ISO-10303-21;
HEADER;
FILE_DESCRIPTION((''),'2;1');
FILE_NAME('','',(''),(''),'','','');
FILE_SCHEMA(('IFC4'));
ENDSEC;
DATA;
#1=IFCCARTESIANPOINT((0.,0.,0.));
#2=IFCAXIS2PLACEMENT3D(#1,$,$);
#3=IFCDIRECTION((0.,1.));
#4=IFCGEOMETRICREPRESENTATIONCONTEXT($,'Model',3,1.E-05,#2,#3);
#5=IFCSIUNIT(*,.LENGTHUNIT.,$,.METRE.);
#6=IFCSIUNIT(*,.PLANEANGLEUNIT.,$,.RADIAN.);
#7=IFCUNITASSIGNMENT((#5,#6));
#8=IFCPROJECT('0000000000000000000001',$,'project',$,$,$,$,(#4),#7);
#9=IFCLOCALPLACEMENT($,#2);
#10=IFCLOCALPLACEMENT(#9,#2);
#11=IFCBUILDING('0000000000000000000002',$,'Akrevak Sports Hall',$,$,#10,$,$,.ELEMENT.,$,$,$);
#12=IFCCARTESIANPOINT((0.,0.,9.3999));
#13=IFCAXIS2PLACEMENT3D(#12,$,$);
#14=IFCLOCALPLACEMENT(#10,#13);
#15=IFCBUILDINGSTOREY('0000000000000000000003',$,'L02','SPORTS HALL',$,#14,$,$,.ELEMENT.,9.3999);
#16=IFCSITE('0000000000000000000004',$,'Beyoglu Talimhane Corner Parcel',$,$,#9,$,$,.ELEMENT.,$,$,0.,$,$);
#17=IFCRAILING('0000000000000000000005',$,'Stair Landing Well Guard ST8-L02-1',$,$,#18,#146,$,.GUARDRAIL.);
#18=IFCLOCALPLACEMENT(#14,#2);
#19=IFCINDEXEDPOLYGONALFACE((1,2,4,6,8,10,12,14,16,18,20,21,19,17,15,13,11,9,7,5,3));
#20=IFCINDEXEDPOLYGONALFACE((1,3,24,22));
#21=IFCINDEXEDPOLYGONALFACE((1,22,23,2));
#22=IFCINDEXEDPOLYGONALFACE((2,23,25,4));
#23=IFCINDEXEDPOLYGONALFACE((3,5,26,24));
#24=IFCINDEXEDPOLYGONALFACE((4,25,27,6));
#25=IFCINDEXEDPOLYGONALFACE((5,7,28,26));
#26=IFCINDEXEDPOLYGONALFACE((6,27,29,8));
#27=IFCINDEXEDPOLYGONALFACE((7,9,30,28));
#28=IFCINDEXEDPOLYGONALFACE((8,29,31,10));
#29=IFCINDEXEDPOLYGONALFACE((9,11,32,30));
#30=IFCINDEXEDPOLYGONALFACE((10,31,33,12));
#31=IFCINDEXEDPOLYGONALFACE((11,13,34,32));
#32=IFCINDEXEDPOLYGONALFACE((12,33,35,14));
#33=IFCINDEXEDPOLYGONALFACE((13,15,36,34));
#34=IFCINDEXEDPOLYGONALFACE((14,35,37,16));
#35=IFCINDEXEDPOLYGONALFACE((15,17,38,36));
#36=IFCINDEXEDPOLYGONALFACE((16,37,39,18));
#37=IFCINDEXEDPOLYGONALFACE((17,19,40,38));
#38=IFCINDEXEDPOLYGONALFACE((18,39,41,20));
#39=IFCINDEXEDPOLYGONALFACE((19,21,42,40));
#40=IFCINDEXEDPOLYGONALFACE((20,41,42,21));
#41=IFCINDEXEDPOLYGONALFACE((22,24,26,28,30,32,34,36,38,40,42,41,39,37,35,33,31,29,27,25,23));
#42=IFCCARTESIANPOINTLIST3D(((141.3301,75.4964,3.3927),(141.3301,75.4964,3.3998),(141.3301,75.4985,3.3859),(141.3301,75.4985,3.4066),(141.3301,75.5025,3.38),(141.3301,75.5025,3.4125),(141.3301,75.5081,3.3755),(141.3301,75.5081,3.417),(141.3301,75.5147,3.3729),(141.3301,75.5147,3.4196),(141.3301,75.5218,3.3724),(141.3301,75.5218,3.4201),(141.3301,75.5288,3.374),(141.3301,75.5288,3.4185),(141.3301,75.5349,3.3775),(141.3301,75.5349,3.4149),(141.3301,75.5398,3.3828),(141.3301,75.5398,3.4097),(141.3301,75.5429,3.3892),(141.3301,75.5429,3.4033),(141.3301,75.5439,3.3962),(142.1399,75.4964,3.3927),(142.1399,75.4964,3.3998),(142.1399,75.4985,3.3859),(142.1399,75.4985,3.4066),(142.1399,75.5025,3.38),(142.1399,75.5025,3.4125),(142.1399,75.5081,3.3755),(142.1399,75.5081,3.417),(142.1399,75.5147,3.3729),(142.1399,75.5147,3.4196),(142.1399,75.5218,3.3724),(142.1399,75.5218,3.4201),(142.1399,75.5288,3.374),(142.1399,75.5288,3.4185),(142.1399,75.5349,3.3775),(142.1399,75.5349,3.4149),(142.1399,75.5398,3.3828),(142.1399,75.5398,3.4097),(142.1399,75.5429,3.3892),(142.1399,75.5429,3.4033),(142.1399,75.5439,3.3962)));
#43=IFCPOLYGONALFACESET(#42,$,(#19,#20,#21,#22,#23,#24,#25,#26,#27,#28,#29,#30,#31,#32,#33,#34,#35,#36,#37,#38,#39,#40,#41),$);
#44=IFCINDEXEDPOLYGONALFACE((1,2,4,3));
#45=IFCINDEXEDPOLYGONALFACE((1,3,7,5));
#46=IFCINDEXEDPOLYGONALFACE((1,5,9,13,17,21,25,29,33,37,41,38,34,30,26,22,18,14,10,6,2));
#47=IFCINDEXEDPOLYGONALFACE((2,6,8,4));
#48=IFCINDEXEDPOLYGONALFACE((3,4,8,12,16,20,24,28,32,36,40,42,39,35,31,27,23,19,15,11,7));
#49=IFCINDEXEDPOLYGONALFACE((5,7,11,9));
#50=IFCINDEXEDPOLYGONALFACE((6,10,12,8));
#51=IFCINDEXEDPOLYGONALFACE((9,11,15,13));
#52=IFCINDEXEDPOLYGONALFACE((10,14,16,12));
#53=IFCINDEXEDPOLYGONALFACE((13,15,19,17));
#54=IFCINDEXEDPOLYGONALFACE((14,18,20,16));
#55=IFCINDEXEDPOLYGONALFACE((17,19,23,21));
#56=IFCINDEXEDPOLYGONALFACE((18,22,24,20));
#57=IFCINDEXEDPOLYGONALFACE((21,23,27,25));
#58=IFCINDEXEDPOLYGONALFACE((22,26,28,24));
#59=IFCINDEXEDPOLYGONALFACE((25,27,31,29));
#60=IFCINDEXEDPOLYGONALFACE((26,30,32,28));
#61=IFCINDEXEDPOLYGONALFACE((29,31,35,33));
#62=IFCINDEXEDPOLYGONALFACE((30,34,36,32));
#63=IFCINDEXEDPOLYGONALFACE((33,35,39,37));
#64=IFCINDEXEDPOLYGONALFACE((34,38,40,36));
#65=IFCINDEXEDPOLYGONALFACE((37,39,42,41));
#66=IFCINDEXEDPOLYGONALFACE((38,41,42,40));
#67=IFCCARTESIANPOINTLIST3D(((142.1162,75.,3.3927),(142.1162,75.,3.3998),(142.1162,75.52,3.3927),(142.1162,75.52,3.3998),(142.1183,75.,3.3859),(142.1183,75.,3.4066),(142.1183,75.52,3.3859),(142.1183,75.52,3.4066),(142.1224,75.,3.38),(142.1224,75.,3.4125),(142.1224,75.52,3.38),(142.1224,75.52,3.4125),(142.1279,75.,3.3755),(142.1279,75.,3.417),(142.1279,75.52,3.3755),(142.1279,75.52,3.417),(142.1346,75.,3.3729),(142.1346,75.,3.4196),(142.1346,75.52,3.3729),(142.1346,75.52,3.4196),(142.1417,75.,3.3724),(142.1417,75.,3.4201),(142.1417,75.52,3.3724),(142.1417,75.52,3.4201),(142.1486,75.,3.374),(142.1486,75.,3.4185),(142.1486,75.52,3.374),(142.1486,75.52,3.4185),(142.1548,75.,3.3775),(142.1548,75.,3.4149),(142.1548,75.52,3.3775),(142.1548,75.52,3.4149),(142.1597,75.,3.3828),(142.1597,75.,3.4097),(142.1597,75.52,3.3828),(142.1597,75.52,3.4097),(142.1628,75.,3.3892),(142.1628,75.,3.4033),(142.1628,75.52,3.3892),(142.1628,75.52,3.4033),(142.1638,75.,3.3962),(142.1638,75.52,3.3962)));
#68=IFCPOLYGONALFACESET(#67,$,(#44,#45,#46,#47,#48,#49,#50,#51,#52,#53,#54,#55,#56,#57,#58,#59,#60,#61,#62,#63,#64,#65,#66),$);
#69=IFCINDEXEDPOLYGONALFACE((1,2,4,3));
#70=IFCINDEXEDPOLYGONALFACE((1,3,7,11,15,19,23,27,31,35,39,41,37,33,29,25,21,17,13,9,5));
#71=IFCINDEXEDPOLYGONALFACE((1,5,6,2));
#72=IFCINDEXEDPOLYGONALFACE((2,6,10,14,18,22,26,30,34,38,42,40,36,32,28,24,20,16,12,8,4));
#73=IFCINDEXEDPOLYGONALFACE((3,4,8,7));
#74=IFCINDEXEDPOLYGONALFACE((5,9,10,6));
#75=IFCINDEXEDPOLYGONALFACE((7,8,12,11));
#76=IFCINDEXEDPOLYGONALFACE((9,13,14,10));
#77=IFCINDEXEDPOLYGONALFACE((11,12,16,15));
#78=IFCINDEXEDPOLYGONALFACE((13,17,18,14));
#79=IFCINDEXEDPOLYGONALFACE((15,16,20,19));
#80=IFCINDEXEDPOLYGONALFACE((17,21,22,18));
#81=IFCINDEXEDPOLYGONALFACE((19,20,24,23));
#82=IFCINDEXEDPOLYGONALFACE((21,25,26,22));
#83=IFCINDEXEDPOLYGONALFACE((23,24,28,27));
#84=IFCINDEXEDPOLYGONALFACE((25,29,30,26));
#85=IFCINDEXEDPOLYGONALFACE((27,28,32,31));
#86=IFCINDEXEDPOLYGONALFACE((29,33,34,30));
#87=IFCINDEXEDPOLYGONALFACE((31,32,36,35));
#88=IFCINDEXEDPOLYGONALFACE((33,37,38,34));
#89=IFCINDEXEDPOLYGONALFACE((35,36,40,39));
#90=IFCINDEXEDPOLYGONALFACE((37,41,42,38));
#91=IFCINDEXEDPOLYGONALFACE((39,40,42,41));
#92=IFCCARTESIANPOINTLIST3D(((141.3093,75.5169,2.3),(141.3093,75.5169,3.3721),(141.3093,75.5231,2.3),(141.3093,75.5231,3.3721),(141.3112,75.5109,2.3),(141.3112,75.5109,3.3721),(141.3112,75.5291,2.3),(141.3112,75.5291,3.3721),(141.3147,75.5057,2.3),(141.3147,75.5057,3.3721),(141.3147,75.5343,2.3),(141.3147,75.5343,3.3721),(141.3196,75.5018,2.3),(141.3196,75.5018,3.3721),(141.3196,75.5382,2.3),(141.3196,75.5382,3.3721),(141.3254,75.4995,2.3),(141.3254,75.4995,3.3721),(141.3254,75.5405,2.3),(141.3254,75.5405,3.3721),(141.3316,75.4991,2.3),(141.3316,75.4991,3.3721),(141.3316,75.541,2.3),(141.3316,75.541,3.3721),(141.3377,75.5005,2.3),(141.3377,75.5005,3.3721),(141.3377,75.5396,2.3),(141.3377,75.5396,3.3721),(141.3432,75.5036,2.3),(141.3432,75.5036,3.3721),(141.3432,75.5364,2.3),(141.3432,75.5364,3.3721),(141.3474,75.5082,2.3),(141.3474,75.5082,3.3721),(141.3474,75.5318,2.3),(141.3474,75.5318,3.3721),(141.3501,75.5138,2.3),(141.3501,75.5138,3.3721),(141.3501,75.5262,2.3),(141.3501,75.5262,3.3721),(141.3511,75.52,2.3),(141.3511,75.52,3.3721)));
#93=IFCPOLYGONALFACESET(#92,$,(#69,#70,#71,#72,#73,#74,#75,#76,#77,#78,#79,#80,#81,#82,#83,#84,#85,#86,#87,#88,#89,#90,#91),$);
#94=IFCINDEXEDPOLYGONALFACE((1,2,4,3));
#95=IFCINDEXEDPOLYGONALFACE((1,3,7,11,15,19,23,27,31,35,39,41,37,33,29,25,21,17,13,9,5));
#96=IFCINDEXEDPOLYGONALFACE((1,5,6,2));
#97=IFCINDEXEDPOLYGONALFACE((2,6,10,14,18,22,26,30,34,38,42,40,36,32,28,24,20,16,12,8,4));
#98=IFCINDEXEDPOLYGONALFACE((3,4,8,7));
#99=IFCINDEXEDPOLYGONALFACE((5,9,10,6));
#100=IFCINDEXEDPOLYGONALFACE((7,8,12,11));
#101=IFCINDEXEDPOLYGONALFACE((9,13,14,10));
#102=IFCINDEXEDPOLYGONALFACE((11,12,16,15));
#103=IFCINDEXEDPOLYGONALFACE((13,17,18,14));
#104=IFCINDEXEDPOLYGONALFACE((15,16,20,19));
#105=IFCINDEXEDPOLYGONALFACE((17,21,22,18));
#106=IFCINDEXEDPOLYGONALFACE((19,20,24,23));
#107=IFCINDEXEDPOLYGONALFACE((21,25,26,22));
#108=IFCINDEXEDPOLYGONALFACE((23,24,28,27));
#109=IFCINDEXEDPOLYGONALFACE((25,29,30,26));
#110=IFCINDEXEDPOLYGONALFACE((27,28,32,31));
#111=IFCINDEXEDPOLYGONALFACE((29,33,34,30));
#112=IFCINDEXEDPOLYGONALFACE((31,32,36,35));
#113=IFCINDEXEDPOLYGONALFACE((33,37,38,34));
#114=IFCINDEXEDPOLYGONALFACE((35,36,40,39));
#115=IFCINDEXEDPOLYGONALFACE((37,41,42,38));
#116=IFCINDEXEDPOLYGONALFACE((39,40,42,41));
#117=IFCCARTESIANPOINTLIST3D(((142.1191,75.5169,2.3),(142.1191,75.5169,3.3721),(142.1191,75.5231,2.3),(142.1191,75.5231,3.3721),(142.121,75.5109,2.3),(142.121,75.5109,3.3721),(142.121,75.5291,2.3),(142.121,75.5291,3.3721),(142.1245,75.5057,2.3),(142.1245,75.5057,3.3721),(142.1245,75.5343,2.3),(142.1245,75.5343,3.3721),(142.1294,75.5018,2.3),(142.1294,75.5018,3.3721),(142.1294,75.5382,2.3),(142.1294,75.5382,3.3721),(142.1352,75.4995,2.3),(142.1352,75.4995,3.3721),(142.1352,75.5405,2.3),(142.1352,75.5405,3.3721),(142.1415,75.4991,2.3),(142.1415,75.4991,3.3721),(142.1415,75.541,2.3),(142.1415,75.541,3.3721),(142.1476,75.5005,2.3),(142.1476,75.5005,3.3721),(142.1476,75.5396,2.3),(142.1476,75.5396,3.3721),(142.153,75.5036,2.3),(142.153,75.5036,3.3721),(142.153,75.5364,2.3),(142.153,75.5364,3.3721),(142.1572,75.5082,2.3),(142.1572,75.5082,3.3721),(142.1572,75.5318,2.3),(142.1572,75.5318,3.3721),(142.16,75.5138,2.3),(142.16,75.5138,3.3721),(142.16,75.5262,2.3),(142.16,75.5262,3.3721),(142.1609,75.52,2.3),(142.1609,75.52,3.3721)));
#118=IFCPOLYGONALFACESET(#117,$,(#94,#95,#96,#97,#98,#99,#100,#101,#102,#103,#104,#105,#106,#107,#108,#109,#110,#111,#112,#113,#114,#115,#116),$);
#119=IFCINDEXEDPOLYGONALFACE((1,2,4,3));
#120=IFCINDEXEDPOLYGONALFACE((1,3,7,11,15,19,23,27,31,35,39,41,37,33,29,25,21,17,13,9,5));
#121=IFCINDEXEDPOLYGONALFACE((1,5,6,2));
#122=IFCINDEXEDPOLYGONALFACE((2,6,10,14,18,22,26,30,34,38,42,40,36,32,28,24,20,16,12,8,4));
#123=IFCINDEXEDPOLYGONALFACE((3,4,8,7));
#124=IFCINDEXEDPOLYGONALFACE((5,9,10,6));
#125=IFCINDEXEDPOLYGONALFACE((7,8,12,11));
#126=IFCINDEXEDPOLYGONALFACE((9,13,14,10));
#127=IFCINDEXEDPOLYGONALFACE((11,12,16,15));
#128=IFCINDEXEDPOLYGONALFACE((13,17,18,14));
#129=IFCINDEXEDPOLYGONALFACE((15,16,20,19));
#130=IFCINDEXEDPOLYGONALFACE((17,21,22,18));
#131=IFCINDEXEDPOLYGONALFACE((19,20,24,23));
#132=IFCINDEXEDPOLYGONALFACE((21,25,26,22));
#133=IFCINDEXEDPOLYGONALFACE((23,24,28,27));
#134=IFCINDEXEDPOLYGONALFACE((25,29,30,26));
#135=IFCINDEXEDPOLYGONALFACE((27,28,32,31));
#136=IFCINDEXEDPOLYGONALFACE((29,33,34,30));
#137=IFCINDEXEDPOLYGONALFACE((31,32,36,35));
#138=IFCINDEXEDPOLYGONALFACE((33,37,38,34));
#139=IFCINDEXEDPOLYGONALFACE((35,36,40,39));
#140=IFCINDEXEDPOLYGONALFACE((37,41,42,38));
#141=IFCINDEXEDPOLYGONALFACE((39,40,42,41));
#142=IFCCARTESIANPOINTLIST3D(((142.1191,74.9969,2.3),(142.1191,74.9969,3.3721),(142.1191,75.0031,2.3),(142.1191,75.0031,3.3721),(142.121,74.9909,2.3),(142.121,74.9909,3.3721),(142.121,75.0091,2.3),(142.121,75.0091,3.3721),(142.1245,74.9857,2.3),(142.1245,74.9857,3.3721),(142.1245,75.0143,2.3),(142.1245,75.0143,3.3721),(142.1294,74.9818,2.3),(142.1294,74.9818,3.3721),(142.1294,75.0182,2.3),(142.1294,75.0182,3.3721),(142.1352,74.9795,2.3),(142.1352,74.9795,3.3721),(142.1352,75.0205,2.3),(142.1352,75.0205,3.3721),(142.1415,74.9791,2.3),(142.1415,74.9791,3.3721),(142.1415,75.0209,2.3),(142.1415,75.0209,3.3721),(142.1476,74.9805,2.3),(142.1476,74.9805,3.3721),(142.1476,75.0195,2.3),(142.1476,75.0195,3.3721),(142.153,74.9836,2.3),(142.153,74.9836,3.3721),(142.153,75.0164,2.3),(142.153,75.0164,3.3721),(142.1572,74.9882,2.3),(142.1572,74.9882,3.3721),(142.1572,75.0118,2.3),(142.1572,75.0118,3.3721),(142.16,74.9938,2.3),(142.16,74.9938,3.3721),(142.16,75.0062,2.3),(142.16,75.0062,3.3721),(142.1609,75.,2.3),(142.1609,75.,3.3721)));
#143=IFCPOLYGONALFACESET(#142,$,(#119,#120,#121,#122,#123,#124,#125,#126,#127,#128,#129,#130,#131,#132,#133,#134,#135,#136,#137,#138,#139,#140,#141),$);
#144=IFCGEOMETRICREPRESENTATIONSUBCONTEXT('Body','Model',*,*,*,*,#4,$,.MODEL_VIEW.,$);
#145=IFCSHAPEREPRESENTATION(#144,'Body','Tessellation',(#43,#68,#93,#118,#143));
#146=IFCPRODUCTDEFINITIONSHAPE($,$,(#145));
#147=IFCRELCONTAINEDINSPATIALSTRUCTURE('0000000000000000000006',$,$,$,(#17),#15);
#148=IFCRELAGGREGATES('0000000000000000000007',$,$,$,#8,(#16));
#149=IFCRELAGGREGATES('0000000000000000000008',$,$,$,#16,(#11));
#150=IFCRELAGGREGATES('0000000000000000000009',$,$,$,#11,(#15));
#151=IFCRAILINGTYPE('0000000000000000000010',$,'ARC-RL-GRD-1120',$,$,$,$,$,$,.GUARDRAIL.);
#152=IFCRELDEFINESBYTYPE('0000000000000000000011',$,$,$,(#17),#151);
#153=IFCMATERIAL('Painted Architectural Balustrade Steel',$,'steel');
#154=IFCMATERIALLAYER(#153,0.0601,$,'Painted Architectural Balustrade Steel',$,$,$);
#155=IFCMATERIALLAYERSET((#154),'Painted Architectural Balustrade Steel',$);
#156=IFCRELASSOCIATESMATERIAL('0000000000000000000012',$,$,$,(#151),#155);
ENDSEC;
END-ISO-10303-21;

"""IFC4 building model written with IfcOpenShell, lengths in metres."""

from ifc_helpers import new_model, si_unit, direction, frame, origin, origin_2d, place, context, subcontext, project, spatial, circle, extrude, material, layer, layer_set, type_object, element, save


model = new_model("IFC4")

# Units and contexts
model_context = context("Model", 3, precision=1e-05, world=origin(), true_north=direction((0.0, 1.0)))
body_context = subcontext(model_context, "Body", "Model", "MODEL_VIEW")
ifc_project = project(units=[si_unit("LENGTHUNIT", "METRE"), si_unit("PLANEANGLEUNIT", "RADIAN")], contexts=[model_context])

# Site, building, storey
site_placement = place(None, origin())
site = spatial("IfcSite", under=ifc_project, at=site_placement, Name="Beyoglu Talimhane Corner Parcel", CompositionType="ELEMENT", RefElevation=0.0)
building_placement = place(site_placement, origin())
building = spatial("IfcBuilding", under=site, at=building_placement, Name="Akrevak Sports Hall", CompositionType="ELEMENT")
storey_placement = place(building_placement, frame((0.0, 0.0, 9.3999)))
storey = spatial("IfcBuildingStorey", under=building, at=storey_placement, Name="L02", Description="SPORTS HALL", CompositionType="ELEMENT", Elevation=9.3999)

# Railing
ifc_material_1 = material(Name="Painted Architectural Balustrade Steel", Category="steel")
ifc_layer_1 = layer(ifc_material_1, 0.0601, Name="Painted Architectural Balustrade Steel")
ifc_layer_set_1 = layer_set([ifc_layer_1], Name="Painted Architectural Balustrade Steel")
railing_type = type_object("IfcRailingType", Name="ARC-RL-GRD-1120", PredefinedType="GUARDRAIL", material=ifc_layer_set_1)
railing_placement = place(storey_placement, frame((141.3301, 75.52, 2.3)))
element("IfcRailing", 1, at=railing_placement, inside=storey, type_object=railing_type, Name="Stair Landing Well Guard ST8-L02-1", PredefinedType="GUARDRAIL", context=body_context, shape_type="SweptSolid", body=[
    extrude(circle(Radius=0.0239, at=origin_2d()), frame((0.0, 0.0, 1.0962), z_axis=(1.0, 0.0, 0.0), x_axis=(0.0, 1.0, 0.0)), (0.0, 0.0, 1.0), 0.8098),
    extrude(circle(Radius=0.0239, at=origin_2d()), frame((0.8098, 0.0, 1.0962), z_axis=(0.0, -1.0, 0.0), x_axis=(1.0, 0.0, 0.0)), (0.0, 0.0, 1.0), 0.52),
    extrude(circle(Radius=0.021, at=origin_2d()), origin(), (0.0, 0.0, 1.0), 1.072),
    extrude(circle(Radius=0.021, at=origin_2d()), frame((0.8098, 0.0, 0.0)), (0.0, 0.0, 1.0), 1.072),
    extrude(circle(Radius=0.021, at=origin_2d()), frame((0.8098, -0.52, 0.0)), (0.0, 0.0, 1.0), 1.072),
])

save(model, "model.ifc")
